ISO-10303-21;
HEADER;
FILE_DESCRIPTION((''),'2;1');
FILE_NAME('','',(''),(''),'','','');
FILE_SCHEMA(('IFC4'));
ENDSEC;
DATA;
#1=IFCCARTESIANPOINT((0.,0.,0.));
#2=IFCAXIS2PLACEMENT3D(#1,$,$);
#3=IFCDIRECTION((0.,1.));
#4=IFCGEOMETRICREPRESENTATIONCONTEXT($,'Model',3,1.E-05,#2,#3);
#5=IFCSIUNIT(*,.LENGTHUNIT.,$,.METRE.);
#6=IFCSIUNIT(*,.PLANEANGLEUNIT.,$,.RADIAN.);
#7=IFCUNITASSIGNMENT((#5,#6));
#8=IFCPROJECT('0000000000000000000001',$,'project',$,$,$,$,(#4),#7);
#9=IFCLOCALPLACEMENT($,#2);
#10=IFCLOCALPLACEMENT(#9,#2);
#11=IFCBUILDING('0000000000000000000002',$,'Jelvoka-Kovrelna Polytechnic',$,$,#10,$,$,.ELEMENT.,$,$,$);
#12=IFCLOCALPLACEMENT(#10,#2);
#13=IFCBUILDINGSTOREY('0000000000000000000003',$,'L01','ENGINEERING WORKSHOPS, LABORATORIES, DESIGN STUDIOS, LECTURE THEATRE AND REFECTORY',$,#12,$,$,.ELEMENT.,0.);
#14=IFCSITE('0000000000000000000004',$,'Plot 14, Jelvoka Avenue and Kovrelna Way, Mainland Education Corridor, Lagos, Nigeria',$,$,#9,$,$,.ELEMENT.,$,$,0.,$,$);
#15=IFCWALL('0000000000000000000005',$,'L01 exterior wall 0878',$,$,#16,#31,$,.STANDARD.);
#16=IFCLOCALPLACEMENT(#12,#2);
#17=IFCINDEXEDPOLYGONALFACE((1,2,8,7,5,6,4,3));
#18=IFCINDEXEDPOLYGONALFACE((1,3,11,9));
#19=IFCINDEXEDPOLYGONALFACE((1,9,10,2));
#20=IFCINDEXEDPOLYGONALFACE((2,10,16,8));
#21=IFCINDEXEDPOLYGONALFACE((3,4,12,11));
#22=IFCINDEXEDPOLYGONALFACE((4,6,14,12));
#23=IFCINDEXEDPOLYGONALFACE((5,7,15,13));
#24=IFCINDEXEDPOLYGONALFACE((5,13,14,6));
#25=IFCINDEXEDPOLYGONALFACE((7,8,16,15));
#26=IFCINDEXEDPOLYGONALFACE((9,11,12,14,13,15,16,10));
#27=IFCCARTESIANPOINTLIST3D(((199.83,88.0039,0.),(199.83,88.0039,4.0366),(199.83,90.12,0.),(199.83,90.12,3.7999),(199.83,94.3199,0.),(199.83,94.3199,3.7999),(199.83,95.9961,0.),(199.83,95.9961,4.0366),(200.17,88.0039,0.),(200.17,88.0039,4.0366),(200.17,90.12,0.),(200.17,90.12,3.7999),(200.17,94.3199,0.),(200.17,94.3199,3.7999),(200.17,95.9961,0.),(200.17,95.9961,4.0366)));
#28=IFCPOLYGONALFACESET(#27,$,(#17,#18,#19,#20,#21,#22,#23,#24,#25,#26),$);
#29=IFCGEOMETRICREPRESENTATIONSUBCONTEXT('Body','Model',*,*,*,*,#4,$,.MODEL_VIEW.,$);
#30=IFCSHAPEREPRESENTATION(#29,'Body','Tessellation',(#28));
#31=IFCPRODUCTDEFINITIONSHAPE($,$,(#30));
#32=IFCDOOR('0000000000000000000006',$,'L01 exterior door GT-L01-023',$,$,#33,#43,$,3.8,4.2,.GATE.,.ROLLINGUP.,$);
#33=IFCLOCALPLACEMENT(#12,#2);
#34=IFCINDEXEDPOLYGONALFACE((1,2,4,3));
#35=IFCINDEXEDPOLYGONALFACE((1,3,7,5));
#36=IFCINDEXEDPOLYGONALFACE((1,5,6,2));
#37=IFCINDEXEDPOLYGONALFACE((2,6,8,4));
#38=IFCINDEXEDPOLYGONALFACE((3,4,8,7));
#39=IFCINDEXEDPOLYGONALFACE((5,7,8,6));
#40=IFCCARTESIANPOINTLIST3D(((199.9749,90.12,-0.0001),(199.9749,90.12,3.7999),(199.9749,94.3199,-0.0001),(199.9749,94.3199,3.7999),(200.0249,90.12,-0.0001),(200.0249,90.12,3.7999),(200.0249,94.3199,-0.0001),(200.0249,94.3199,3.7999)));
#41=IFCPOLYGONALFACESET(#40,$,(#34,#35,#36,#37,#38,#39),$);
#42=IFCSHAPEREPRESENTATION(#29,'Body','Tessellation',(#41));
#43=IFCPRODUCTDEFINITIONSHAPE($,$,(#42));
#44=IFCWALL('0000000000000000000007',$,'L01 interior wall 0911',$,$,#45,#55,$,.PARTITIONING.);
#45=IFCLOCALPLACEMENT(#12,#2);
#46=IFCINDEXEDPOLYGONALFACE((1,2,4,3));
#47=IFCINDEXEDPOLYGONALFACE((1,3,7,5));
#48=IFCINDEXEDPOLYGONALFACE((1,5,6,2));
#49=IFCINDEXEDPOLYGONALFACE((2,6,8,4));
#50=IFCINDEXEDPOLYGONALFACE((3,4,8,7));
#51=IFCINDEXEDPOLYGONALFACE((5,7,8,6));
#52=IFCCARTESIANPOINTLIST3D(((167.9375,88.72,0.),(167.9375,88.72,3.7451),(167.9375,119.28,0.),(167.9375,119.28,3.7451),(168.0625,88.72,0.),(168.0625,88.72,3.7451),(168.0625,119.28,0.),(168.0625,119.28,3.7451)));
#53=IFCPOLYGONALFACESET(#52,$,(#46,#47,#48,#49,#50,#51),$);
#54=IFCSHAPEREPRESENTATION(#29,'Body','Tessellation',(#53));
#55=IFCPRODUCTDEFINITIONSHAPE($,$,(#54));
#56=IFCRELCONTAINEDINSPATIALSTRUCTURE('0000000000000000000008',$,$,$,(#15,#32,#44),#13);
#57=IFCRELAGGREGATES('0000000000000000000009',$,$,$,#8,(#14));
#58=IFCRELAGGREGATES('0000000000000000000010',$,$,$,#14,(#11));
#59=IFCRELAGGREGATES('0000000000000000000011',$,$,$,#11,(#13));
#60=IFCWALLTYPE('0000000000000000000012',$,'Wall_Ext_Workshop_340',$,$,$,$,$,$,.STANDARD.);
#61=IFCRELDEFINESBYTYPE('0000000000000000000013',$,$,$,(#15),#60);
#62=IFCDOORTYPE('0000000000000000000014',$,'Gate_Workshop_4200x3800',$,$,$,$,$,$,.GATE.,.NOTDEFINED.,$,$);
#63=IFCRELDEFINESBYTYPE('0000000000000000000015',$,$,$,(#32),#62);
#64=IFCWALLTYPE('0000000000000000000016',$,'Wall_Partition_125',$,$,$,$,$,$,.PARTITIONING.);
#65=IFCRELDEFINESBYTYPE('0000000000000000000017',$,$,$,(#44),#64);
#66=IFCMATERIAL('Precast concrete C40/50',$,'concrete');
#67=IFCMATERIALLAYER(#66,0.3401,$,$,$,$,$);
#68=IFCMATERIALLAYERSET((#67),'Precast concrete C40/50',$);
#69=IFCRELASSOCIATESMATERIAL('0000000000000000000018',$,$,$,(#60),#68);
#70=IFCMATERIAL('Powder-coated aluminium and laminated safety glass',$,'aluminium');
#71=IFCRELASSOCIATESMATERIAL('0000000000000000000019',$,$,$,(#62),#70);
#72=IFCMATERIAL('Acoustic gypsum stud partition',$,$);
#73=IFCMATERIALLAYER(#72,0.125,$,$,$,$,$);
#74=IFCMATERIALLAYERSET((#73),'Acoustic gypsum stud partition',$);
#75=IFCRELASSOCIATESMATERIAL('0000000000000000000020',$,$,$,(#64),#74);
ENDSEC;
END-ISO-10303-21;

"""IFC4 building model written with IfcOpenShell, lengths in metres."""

from ifc_helpers import new_model, si_unit, direction, frame, frame_2d, origin, place, context, subcontext, project, spatial, rectangle, extrude, material, layer, layer_set, type_object, element, fill, save


model = new_model("IFC4")

# Units and contexts
model_context = context("Model", 3, precision=1e-05, world=origin(), true_north=direction((0.0, 1.0)))
body_context = subcontext(model_context, "Body", "Model", "MODEL_VIEW")
ifc_project = project(units=[si_unit("LENGTHUNIT", "METRE"), si_unit("PLANEANGLEUNIT", "RADIAN")], contexts=[model_context])

# Site, building, storey
site_placement = place(None, origin())
site = spatial("IfcSite", under=ifc_project, at=site_placement, Name="Plot 14, Jelvoka Avenue and Kovrelna Way, Mainland Education Corridor, Lagos, Nigeria", CompositionType="ELEMENT", RefElevation=0.0)
building_placement = place(site_placement, origin())
building = spatial("IfcBuilding", under=site, at=building_placement, Name="Jelvoka-Kovrelna Polytechnic", CompositionType="ELEMENT")
storey_placement = place(building_placement, origin())
storey = spatial("IfcBuildingStorey", under=building, at=storey_placement, Name="L01", Description="ENGINEERING WORKSHOPS, LABORATORIES, DESIGN STUDIOS, LECTURE THEATRE AND REFECTORY", CompositionType="ELEMENT", Elevation=0.0)

# Shared definitions
ifc_material_1 = material(Name="Precast concrete C40/50", Category="concrete")
ifc_layer_1 = layer(ifc_material_1, 0.3401)
ifc_layer_set_1 = layer_set([ifc_layer_1], Name="Precast concrete C40/50")
wall_type_1 = type_object("IfcWallType", Name="Wall_Ext_Workshop_340", PredefinedType="STANDARD", material=ifc_layer_set_1)

# Wall, opening, door
wall_1_placement = place(storey_placement, frame((200.0, 95.9961, 0.0), z_axis=(0.0, 0.0, 1.0), x_axis=(0.0, -1.0, 0.0)))
wall_1 = element("IfcWall", 1, at=wall_1_placement, inside=storey, type_object=wall_type_1, Name="L01 exterior wall 0878", PredefinedType="STANDARD", context=body_context, shape_type="SweptSolid", body=[
    extrude(rectangle(XDim=7.9922, YDim=0.3401, at=frame_2d((3.9961, 0.0))), origin(), (0.0, 0.0, 1.0), 4.0366),
])
opening_1_placement = place(wall_1_placement, frame((1.676, 0.0, 0.0)))
opening_1 = element("IfcOpeningElement", 2, at=opening_1_placement, cuts=wall_1, PredefinedType="OPENING", context=body_context, shape_type="SweptSolid", body=[
    extrude(rectangle(XDim=4.2, YDim=3.8, at=frame_2d((2.1001, 1.8999))), frame((0.0, 0.1799, 0.0), z_axis=(0.0, -1.0, 0.0), x_axis=(1.0, 0.0, 0.0)), (0.0, 0.0, 1.0), 0.3601),
])
ifc_material_2 = material(Name="Powder-coated aluminium and laminated safety glass", Category="aluminium")
door_type_1 = type_object("IfcDoorType", Name="Gate_Workshop_4200x3800", OperationType="NOTDEFINED", PredefinedType="GATE", material=ifc_material_2)
door_1_placement = place(opening_1_placement, origin())
door_1 = element("IfcDoor", 3, at=door_1_placement, inside=storey, type_object=door_type_1, Name="L01 exterior door GT-L01-023", OperationType="ROLLINGUP", OverallHeight=3.8, OverallWidth=4.2, PredefinedType="GATE", context=body_context, shape_type="SweptSolid", body=[
    extrude(rectangle(XDim=4.2, YDim=3.8, at=frame_2d((2.1001, 1.8999))), frame((0.0, 0.0249, 0.0), z_axis=(0.0, -1.0, 0.0), x_axis=(1.0, 0.0, 0.0)), (0.0, 0.0, 1.0), 0.05),
])
fill(opening_1, door_1)

# Wall
ifc_material_3 = material(Name="Acoustic gypsum stud partition")
ifc_layer_2 = layer(ifc_material_3, 0.125)
ifc_layer_set_2 = layer_set([ifc_layer_2], Name="Acoustic gypsum stud partition")
wall_type_2 = type_object("IfcWallType", Name="Wall_Partition_125", PredefinedType="PARTITIONING", material=ifc_layer_set_2)
wall_2_placement = place(storey_placement, frame((168.0, 88.72, 0.0), z_axis=(0.0, 0.0, 1.0), x_axis=(0.0, 1.0, 0.0)))
element("IfcWall", 4, at=wall_2_placement, inside=storey, type_object=wall_type_2, Name="L01 interior wall 0911", PredefinedType="PARTITIONING", context=body_context, shape_type="SweptSolid", body=[
    extrude(rectangle(XDim=30.5601, YDim=0.125, at=frame_2d((15.28, 0.0))), origin(), (0.0, 0.0, 1.0), 3.7451),
])

save(model, "model.ifc")
